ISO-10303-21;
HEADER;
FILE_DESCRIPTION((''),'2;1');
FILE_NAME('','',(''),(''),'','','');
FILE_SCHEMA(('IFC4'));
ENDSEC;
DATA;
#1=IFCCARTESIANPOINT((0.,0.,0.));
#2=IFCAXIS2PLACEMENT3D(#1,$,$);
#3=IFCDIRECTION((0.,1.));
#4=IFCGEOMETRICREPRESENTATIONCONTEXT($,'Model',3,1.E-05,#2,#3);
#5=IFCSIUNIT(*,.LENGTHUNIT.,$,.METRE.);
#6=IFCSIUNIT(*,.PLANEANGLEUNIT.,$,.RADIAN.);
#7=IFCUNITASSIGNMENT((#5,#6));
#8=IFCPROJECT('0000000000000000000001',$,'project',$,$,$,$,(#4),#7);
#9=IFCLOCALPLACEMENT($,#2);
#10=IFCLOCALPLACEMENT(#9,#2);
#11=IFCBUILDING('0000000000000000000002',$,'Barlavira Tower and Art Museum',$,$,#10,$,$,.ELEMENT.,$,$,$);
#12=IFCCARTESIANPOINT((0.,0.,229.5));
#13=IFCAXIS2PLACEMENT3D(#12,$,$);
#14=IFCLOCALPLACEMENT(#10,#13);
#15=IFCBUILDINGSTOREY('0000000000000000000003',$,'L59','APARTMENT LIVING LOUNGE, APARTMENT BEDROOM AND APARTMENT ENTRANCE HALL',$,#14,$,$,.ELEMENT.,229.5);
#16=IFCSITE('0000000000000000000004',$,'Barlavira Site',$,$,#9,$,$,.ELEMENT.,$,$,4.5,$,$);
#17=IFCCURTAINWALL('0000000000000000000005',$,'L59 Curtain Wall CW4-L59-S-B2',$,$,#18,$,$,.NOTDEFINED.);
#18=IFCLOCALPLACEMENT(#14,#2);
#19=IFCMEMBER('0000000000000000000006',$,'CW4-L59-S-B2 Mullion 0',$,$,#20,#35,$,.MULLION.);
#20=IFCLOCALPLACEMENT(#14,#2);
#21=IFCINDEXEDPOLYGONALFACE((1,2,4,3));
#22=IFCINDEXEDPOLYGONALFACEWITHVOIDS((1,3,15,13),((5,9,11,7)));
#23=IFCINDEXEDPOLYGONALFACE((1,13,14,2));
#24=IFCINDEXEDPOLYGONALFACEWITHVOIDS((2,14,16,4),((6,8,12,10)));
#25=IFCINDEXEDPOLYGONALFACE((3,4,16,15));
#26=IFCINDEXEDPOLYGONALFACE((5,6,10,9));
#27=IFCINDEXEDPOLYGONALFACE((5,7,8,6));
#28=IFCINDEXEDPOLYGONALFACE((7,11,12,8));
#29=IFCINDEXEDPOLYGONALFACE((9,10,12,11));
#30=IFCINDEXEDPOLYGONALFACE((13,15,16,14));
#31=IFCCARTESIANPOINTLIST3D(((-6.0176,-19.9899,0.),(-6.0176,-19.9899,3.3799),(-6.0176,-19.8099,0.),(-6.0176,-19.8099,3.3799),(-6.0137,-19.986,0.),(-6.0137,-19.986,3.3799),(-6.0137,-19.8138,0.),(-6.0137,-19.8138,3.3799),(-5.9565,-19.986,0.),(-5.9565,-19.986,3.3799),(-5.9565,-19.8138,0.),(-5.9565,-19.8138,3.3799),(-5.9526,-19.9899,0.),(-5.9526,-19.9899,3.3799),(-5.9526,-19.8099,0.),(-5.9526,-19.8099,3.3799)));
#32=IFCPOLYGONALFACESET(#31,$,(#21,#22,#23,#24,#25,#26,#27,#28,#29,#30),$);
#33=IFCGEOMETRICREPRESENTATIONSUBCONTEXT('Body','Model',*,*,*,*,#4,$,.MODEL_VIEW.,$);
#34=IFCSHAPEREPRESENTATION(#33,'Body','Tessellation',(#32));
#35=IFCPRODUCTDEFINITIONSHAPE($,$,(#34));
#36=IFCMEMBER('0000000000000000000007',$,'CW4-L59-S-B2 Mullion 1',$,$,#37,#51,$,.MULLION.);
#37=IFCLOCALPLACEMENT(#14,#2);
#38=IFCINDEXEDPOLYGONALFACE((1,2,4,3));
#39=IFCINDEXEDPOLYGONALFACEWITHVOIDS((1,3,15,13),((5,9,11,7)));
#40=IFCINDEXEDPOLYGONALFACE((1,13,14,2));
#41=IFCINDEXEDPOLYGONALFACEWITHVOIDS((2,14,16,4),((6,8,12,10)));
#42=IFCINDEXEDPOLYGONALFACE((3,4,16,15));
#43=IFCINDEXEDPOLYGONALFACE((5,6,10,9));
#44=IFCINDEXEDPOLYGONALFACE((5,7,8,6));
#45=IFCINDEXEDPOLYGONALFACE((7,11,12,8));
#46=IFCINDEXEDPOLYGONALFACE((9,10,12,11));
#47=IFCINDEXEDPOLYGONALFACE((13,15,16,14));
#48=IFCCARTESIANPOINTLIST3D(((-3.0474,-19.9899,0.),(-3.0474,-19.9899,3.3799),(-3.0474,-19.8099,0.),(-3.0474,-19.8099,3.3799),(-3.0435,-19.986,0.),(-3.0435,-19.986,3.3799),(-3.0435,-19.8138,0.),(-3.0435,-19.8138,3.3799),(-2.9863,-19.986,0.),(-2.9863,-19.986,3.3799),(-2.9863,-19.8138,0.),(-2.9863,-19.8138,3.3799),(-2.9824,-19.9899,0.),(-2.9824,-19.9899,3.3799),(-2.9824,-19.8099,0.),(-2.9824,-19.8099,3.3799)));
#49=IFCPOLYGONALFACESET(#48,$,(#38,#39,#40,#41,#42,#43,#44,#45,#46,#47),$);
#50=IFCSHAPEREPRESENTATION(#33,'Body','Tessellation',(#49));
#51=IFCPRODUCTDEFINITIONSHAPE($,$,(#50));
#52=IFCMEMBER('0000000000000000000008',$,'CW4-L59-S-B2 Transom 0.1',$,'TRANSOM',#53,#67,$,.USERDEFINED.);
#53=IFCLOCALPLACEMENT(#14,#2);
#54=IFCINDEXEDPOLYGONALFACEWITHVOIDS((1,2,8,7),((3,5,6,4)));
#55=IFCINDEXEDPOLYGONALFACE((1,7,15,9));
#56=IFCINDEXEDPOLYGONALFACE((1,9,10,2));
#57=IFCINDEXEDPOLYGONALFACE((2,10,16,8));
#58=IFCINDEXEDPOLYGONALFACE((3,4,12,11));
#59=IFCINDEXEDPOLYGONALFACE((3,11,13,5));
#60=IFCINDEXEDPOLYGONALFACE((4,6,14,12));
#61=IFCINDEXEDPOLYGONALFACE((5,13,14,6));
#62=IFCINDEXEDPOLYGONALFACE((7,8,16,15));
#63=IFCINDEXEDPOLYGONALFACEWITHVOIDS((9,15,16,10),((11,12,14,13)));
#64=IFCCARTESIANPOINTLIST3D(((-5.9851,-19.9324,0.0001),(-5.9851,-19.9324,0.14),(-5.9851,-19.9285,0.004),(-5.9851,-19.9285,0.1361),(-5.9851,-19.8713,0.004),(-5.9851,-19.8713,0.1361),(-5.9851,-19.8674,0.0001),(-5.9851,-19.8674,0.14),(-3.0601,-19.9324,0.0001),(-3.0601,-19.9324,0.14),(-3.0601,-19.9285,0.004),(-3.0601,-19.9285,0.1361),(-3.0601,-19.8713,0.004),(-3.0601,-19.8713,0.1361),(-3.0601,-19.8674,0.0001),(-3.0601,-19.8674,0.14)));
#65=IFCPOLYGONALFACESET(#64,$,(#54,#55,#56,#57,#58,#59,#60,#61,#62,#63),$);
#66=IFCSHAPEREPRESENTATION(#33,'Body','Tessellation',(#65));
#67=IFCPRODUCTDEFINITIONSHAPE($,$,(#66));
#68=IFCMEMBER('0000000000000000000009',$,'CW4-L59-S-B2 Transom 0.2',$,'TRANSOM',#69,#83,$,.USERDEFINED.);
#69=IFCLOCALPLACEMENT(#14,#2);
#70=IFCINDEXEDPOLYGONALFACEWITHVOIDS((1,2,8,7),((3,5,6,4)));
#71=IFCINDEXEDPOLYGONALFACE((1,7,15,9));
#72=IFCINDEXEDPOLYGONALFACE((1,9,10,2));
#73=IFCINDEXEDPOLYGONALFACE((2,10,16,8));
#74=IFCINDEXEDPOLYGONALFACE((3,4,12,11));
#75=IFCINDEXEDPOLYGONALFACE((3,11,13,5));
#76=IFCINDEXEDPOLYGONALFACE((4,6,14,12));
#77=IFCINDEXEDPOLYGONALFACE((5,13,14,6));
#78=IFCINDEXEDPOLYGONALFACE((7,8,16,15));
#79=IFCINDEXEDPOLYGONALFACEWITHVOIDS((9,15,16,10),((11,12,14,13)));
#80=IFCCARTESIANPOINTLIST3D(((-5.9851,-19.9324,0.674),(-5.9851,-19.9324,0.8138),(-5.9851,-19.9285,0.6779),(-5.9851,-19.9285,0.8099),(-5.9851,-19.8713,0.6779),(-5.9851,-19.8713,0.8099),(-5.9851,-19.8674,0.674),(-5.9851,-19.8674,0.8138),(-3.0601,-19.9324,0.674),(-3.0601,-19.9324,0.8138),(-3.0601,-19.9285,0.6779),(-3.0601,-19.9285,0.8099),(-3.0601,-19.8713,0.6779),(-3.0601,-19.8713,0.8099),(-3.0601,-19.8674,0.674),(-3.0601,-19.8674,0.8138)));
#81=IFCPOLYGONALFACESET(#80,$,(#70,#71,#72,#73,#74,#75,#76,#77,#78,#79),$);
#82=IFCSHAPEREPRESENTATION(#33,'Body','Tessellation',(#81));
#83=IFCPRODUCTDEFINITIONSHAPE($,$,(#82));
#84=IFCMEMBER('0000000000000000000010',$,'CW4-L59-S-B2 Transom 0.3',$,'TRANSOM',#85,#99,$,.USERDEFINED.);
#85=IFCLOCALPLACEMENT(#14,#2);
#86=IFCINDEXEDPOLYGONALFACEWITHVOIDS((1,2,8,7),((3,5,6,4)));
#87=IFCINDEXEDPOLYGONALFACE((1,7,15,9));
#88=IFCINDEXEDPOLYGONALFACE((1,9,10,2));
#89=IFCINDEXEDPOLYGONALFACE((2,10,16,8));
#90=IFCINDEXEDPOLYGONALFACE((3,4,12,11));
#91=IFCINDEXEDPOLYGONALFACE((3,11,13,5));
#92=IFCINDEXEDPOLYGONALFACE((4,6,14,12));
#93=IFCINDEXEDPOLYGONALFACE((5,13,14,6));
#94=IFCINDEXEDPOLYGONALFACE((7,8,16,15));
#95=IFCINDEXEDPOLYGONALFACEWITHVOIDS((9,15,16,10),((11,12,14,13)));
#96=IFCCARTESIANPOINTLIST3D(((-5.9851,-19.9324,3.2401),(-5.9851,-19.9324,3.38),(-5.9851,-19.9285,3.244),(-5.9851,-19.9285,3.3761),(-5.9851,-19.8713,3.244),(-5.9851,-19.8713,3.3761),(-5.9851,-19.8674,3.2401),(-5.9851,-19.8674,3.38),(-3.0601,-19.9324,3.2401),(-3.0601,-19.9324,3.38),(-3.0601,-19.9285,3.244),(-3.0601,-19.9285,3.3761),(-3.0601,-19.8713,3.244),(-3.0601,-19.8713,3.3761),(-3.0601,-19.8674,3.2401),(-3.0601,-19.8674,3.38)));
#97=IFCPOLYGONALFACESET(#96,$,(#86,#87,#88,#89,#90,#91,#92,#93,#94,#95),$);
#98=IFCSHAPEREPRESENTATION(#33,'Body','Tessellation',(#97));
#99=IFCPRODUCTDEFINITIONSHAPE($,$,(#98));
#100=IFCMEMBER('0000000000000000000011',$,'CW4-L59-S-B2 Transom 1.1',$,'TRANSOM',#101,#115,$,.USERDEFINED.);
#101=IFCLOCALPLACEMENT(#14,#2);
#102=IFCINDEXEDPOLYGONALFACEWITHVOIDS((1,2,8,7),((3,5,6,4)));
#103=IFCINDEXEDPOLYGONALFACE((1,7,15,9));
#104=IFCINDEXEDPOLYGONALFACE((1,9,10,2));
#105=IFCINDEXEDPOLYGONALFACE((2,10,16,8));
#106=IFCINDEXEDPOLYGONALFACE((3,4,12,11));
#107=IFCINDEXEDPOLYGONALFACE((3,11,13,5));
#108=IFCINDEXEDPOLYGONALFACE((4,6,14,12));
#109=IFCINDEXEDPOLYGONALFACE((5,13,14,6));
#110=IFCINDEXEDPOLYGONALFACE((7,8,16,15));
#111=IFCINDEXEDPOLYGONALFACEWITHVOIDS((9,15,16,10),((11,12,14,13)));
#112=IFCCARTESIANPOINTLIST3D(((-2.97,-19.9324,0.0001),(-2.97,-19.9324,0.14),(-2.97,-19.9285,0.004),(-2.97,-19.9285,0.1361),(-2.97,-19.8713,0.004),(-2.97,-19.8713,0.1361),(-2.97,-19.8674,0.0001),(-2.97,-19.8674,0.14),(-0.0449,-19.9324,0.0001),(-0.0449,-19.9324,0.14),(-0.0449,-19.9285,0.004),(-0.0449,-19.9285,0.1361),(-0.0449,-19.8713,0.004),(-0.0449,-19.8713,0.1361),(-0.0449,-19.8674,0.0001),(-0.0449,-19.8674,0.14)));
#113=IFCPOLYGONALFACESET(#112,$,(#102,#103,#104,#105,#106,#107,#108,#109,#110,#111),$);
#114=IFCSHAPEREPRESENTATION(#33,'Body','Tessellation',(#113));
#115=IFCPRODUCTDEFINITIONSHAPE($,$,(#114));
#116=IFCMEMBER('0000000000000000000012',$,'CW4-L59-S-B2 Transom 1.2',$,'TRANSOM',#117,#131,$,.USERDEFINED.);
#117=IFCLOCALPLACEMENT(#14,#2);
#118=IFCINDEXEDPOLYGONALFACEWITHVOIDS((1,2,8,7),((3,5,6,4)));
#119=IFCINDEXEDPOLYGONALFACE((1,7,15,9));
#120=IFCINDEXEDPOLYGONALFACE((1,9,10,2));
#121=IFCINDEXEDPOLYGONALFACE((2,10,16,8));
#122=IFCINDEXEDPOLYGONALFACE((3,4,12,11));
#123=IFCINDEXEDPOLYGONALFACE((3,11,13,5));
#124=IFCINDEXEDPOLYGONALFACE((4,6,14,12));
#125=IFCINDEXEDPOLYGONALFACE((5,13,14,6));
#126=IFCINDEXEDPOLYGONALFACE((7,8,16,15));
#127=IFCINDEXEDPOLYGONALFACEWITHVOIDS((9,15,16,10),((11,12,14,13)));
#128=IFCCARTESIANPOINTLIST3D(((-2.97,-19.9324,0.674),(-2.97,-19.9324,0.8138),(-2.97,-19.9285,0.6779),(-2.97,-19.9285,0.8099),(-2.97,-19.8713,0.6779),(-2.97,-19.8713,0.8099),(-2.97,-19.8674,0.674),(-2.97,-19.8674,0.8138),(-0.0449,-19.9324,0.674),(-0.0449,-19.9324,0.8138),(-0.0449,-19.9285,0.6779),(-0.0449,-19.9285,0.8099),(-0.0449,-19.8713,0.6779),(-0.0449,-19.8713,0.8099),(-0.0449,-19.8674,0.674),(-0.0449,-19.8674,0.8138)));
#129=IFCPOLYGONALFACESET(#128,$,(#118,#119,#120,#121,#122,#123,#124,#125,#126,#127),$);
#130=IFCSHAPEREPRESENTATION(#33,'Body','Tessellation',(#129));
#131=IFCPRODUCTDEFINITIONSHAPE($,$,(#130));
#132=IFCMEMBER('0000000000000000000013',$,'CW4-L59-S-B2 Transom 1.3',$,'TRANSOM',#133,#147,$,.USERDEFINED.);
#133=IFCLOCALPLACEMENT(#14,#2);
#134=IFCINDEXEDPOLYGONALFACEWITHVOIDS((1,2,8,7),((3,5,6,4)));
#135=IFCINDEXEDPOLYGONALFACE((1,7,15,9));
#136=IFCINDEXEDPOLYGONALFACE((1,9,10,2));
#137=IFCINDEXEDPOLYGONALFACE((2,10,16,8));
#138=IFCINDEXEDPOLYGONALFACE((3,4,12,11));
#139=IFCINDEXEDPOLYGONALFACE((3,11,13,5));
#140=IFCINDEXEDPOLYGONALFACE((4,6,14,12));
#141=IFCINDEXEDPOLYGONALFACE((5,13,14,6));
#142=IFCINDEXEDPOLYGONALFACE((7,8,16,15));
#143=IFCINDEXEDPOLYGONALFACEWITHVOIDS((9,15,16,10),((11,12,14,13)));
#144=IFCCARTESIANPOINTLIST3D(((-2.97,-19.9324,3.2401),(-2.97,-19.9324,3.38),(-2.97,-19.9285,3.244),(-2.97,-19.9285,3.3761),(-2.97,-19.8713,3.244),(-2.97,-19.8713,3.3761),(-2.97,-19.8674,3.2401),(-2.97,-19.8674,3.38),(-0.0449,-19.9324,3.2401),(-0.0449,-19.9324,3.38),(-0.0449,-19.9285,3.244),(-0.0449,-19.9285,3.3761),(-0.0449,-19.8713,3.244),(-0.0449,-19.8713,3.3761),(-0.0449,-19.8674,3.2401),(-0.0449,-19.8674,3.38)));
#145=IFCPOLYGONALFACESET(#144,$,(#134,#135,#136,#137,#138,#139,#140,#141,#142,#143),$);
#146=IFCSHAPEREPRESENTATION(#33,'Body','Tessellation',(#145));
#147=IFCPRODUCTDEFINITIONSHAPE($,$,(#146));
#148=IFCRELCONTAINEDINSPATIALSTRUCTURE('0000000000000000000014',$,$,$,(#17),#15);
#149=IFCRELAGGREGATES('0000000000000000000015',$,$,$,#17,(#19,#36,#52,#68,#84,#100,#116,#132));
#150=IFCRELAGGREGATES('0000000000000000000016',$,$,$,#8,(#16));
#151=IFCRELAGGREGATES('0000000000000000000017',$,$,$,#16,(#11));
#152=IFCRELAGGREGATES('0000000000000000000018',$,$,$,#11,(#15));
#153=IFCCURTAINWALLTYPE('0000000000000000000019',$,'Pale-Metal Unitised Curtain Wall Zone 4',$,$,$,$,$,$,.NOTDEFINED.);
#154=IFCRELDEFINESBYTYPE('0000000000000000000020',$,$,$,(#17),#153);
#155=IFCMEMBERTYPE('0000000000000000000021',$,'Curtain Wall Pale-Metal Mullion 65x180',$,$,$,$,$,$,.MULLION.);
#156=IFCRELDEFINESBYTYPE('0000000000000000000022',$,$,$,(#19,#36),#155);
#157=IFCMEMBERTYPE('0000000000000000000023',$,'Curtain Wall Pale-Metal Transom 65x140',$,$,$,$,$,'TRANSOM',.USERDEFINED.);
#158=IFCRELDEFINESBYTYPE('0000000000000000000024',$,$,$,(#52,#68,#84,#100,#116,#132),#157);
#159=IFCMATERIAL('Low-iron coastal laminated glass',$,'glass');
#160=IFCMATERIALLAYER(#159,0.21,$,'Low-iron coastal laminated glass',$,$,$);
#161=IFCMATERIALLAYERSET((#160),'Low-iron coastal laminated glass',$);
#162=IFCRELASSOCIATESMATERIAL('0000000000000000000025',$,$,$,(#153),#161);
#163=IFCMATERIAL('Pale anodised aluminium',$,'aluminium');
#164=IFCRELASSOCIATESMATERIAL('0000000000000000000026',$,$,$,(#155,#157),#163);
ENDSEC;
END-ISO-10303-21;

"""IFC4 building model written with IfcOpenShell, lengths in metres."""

from ifc_helpers import new_model, si_unit, direction, frame, origin, origin_2d, place, context, subcontext, project, spatial, hollow_rectangle, extrude, material, layer, layer_set, material_profile, profile_set, type_object, element, aggregate, save


model = new_model("IFC4")

# Units and contexts
model_context = context("Model", 3, precision=1e-05, world=origin(), true_north=direction((0.0, 1.0)))
body_context = subcontext(model_context, "Body", "Model", "MODEL_VIEW")
ifc_project = project(units=[si_unit("LENGTHUNIT", "METRE"), si_unit("PLANEANGLEUNIT", "RADIAN")], contexts=[model_context])

# Site, building, storey
site_placement = place(None, origin())
site = spatial("IfcSite", under=ifc_project, at=site_placement, Name="Barlavira Site", CompositionType="ELEMENT", RefElevation=4.5)
building_placement = place(site_placement, origin())
building = spatial("IfcBuilding", under=site, at=building_placement, Name="Barlavira Tower and Art Museum", CompositionType="ELEMENT")
storey_placement = place(building_placement, frame((0.0, 0.0, 229.5)))
storey = spatial("IfcBuildingStorey", under=building, at=storey_placement, Name="L59", Description="APARTMENT LIVING LOUNGE, APARTMENT BEDROOM AND APARTMENT ENTRANCE HALL", CompositionType="ELEMENT", Elevation=229.5)

# Curtain wall, members
ifc_material_1 = material(Name="Low-iron coastal laminated glass", Category="glass")
ifc_layer_1 = layer(ifc_material_1, 0.21, Name="Low-iron coastal laminated glass")
ifc_layer_set_1 = layer_set([ifc_layer_1], Name="Low-iron coastal laminated glass")
curtain_wall_type = type_object("IfcCurtainWallType", Name="Pale-Metal Unitised Curtain Wall Zone 4", PredefinedType="NOTDEFINED", material=ifc_layer_set_1)
curtain_wall_placement = place(storey_placement, origin())
curtain_wall = element("IfcCurtainWall", 1, at=curtain_wall_placement, inside=storey, type_object=curtain_wall_type, Name="L59 Curtain Wall CW4-L59-S-B2", PredefinedType="NOTDEFINED")
ifc_material_2 = material(Name="Pale anodised aluminium", Category="aluminium")
ifc_material_profile_1 = material_profile(ifc_material_2, hollow_rectangle(XDim=0.0649, YDim=0.1799, WallThickness=0.0039, at=origin_2d()), Name="ALU-MULL 65x180x4")
ifc_profile_set_1 = profile_set([ifc_material_profile_1], Name="Pale anodised aluminium")
member_type_1 = type_object("IfcMemberType", Name="Curtain Wall Pale-Metal Mullion 65x180", PredefinedType="MULLION", material=ifc_profile_set_1)
member_1_placement = place(storey_placement, frame((-5.9851, -19.8999, 0.0), z_axis=(0.0, 0.0, 1.0), x_axis=(1.0, 0.0, 0.0)))
member_1 = element("IfcMember", 2, at=member_1_placement, type_object=member_type_1, Name="CW4-L59-S-B2 Mullion 0", PredefinedType="MULLION", context=body_context, shape_type="SweptSolid", body=[
    extrude(hollow_rectangle(XDim=0.0649, YDim=0.1799, WallThickness=0.0039, at=origin_2d()), origin(), (0.0, 0.0, 1.0), 3.3799),
])
member_2_placement = place(storey_placement, frame((-3.0149, -19.8999, 0.0), z_axis=(0.0, 0.0, 1.0), x_axis=(1.0, 0.0, 0.0)))
member_2 = element("IfcMember", 3, at=member_2_placement, type_object=member_type_1, Name="CW4-L59-S-B2 Mullion 1", PredefinedType="MULLION", context=body_context, shape_type="SweptSolid", body=[
    extrude(hollow_rectangle(XDim=0.0649, YDim=0.1799, WallThickness=0.0039, at=origin_2d()), origin(), (0.0, 0.0, 1.0), 3.3799),
])
ifc_material_profile_2 = material_profile(ifc_material_2, hollow_rectangle(XDim=0.0649, YDim=0.1399, WallThickness=0.0039, at=origin_2d()), Name="ALU-TRAN 65x140x4")
ifc_profile_set_2 = profile_set([ifc_material_profile_2], Name="Pale anodised aluminium")
member_type_2 = type_object("IfcMemberType", Name="Curtain Wall Pale-Metal Transom 65x140", ElementType="TRANSOM", PredefinedType="USERDEFINED", material=ifc_profile_set_2)
member_3_placement = place(storey_placement, frame((-5.9851, -19.8999, 0.0701), z_axis=(1.0, 0.0, 0.0), x_axis=(0.0, 1.0, 0.0)))
member_3 = element("IfcMember", 4, at=member_3_placement, type_object=member_type_2, Name="CW4-L59-S-B2 Transom 0.1", ObjectType="TRANSOM", PredefinedType="USERDEFINED", context=body_context, shape_type="SweptSolid", body=[
    extrude(hollow_rectangle(XDim=0.0649, YDim=0.1399, WallThickness=0.0039, at=origin_2d()), origin(), (0.0, 0.0, 1.0), 2.925),
])
member_4_placement = place(storey_placement, frame((-5.9851, -19.8999, 0.7439), z_axis=(1.0, 0.0, 0.0), x_axis=(0.0, 1.0, 0.0)))
member_4 = element("IfcMember", 5, at=member_4_placement, type_object=member_type_2, Name="CW4-L59-S-B2 Transom 0.2", ObjectType="TRANSOM", PredefinedType="USERDEFINED", context=body_context, shape_type="SweptSolid", body=[
    extrude(hollow_rectangle(XDim=0.0649, YDim=0.1399, WallThickness=0.0039, at=origin_2d()), origin(), (0.0, 0.0, 1.0), 2.925),
])
member_5_placement = place(storey_placement, frame((-5.9851, -19.8999, 3.3101), z_axis=(1.0, 0.0, 0.0), x_axis=(0.0, 1.0, 0.0)))
member_5 = element("IfcMember", 6, at=member_5_placement, type_object=member_type_2, Name="CW4-L59-S-B2 Transom 0.3", ObjectType="TRANSOM", PredefinedType="USERDEFINED", context=body_context, shape_type="SweptSolid", body=[
    extrude(hollow_rectangle(XDim=0.0649, YDim=0.1399, WallThickness=0.0039, at=origin_2d()), origin(), (0.0, 0.0, 1.0), 2.925),
])
member_6_placement = place(storey_placement, frame((-2.97, -19.8999, 0.0701), z_axis=(1.0, 0.0, 0.0), x_axis=(0.0, 1.0, 0.0)))
member_6 = element("IfcMember", 7, at=member_6_placement, type_object=member_type_2, Name="CW4-L59-S-B2 Transom 1.1", ObjectType="TRANSOM", PredefinedType="USERDEFINED", context=body_context, shape_type="SweptSolid", body=[
    extrude(hollow_rectangle(XDim=0.0649, YDim=0.1399, WallThickness=0.0039, at=origin_2d()), origin(), (0.0, 0.0, 1.0), 2.925),
])
member_7_placement = place(storey_placement, frame((-2.97, -19.8999, 0.7439), z_axis=(1.0, 0.0, 0.0), x_axis=(0.0, 1.0, 0.0)))
member_7 = element("IfcMember", 8, at=member_7_placement, type_object=member_type_2, Name="CW4-L59-S-B2 Transom 1.2", ObjectType="TRANSOM", PredefinedType="USERDEFINED", context=body_context, shape_type="SweptSolid", body=[
    extrude(hollow_rectangle(XDim=0.0649, YDim=0.1399, WallThickness=0.0039, at=origin_2d()), origin(), (0.0, 0.0, 1.0), 2.925),
])
member_8_placement = place(storey_placement, frame((-2.97, -19.8999, 3.3101), z_axis=(1.0, 0.0, 0.0), x_axis=(0.0, 1.0, 0.0)))
member_8 = element("IfcMember", 9, at=member_8_placement, type_object=member_type_2, Name="CW4-L59-S-B2 Transom 1.3", ObjectType="TRANSOM", PredefinedType="USERDEFINED", context=body_context, shape_type="SweptSolid", body=[
    extrude(hollow_rectangle(XDim=0.0649, YDim=0.1399, WallThickness=0.0039, at=origin_2d()), origin(), (0.0, 0.0, 1.0), 2.925),
])

aggregate(curtain_wall, [member_1, member_2, member_3, member_4, member_5, member_6, member_7, member_8])

save(model, "model.ifc")
